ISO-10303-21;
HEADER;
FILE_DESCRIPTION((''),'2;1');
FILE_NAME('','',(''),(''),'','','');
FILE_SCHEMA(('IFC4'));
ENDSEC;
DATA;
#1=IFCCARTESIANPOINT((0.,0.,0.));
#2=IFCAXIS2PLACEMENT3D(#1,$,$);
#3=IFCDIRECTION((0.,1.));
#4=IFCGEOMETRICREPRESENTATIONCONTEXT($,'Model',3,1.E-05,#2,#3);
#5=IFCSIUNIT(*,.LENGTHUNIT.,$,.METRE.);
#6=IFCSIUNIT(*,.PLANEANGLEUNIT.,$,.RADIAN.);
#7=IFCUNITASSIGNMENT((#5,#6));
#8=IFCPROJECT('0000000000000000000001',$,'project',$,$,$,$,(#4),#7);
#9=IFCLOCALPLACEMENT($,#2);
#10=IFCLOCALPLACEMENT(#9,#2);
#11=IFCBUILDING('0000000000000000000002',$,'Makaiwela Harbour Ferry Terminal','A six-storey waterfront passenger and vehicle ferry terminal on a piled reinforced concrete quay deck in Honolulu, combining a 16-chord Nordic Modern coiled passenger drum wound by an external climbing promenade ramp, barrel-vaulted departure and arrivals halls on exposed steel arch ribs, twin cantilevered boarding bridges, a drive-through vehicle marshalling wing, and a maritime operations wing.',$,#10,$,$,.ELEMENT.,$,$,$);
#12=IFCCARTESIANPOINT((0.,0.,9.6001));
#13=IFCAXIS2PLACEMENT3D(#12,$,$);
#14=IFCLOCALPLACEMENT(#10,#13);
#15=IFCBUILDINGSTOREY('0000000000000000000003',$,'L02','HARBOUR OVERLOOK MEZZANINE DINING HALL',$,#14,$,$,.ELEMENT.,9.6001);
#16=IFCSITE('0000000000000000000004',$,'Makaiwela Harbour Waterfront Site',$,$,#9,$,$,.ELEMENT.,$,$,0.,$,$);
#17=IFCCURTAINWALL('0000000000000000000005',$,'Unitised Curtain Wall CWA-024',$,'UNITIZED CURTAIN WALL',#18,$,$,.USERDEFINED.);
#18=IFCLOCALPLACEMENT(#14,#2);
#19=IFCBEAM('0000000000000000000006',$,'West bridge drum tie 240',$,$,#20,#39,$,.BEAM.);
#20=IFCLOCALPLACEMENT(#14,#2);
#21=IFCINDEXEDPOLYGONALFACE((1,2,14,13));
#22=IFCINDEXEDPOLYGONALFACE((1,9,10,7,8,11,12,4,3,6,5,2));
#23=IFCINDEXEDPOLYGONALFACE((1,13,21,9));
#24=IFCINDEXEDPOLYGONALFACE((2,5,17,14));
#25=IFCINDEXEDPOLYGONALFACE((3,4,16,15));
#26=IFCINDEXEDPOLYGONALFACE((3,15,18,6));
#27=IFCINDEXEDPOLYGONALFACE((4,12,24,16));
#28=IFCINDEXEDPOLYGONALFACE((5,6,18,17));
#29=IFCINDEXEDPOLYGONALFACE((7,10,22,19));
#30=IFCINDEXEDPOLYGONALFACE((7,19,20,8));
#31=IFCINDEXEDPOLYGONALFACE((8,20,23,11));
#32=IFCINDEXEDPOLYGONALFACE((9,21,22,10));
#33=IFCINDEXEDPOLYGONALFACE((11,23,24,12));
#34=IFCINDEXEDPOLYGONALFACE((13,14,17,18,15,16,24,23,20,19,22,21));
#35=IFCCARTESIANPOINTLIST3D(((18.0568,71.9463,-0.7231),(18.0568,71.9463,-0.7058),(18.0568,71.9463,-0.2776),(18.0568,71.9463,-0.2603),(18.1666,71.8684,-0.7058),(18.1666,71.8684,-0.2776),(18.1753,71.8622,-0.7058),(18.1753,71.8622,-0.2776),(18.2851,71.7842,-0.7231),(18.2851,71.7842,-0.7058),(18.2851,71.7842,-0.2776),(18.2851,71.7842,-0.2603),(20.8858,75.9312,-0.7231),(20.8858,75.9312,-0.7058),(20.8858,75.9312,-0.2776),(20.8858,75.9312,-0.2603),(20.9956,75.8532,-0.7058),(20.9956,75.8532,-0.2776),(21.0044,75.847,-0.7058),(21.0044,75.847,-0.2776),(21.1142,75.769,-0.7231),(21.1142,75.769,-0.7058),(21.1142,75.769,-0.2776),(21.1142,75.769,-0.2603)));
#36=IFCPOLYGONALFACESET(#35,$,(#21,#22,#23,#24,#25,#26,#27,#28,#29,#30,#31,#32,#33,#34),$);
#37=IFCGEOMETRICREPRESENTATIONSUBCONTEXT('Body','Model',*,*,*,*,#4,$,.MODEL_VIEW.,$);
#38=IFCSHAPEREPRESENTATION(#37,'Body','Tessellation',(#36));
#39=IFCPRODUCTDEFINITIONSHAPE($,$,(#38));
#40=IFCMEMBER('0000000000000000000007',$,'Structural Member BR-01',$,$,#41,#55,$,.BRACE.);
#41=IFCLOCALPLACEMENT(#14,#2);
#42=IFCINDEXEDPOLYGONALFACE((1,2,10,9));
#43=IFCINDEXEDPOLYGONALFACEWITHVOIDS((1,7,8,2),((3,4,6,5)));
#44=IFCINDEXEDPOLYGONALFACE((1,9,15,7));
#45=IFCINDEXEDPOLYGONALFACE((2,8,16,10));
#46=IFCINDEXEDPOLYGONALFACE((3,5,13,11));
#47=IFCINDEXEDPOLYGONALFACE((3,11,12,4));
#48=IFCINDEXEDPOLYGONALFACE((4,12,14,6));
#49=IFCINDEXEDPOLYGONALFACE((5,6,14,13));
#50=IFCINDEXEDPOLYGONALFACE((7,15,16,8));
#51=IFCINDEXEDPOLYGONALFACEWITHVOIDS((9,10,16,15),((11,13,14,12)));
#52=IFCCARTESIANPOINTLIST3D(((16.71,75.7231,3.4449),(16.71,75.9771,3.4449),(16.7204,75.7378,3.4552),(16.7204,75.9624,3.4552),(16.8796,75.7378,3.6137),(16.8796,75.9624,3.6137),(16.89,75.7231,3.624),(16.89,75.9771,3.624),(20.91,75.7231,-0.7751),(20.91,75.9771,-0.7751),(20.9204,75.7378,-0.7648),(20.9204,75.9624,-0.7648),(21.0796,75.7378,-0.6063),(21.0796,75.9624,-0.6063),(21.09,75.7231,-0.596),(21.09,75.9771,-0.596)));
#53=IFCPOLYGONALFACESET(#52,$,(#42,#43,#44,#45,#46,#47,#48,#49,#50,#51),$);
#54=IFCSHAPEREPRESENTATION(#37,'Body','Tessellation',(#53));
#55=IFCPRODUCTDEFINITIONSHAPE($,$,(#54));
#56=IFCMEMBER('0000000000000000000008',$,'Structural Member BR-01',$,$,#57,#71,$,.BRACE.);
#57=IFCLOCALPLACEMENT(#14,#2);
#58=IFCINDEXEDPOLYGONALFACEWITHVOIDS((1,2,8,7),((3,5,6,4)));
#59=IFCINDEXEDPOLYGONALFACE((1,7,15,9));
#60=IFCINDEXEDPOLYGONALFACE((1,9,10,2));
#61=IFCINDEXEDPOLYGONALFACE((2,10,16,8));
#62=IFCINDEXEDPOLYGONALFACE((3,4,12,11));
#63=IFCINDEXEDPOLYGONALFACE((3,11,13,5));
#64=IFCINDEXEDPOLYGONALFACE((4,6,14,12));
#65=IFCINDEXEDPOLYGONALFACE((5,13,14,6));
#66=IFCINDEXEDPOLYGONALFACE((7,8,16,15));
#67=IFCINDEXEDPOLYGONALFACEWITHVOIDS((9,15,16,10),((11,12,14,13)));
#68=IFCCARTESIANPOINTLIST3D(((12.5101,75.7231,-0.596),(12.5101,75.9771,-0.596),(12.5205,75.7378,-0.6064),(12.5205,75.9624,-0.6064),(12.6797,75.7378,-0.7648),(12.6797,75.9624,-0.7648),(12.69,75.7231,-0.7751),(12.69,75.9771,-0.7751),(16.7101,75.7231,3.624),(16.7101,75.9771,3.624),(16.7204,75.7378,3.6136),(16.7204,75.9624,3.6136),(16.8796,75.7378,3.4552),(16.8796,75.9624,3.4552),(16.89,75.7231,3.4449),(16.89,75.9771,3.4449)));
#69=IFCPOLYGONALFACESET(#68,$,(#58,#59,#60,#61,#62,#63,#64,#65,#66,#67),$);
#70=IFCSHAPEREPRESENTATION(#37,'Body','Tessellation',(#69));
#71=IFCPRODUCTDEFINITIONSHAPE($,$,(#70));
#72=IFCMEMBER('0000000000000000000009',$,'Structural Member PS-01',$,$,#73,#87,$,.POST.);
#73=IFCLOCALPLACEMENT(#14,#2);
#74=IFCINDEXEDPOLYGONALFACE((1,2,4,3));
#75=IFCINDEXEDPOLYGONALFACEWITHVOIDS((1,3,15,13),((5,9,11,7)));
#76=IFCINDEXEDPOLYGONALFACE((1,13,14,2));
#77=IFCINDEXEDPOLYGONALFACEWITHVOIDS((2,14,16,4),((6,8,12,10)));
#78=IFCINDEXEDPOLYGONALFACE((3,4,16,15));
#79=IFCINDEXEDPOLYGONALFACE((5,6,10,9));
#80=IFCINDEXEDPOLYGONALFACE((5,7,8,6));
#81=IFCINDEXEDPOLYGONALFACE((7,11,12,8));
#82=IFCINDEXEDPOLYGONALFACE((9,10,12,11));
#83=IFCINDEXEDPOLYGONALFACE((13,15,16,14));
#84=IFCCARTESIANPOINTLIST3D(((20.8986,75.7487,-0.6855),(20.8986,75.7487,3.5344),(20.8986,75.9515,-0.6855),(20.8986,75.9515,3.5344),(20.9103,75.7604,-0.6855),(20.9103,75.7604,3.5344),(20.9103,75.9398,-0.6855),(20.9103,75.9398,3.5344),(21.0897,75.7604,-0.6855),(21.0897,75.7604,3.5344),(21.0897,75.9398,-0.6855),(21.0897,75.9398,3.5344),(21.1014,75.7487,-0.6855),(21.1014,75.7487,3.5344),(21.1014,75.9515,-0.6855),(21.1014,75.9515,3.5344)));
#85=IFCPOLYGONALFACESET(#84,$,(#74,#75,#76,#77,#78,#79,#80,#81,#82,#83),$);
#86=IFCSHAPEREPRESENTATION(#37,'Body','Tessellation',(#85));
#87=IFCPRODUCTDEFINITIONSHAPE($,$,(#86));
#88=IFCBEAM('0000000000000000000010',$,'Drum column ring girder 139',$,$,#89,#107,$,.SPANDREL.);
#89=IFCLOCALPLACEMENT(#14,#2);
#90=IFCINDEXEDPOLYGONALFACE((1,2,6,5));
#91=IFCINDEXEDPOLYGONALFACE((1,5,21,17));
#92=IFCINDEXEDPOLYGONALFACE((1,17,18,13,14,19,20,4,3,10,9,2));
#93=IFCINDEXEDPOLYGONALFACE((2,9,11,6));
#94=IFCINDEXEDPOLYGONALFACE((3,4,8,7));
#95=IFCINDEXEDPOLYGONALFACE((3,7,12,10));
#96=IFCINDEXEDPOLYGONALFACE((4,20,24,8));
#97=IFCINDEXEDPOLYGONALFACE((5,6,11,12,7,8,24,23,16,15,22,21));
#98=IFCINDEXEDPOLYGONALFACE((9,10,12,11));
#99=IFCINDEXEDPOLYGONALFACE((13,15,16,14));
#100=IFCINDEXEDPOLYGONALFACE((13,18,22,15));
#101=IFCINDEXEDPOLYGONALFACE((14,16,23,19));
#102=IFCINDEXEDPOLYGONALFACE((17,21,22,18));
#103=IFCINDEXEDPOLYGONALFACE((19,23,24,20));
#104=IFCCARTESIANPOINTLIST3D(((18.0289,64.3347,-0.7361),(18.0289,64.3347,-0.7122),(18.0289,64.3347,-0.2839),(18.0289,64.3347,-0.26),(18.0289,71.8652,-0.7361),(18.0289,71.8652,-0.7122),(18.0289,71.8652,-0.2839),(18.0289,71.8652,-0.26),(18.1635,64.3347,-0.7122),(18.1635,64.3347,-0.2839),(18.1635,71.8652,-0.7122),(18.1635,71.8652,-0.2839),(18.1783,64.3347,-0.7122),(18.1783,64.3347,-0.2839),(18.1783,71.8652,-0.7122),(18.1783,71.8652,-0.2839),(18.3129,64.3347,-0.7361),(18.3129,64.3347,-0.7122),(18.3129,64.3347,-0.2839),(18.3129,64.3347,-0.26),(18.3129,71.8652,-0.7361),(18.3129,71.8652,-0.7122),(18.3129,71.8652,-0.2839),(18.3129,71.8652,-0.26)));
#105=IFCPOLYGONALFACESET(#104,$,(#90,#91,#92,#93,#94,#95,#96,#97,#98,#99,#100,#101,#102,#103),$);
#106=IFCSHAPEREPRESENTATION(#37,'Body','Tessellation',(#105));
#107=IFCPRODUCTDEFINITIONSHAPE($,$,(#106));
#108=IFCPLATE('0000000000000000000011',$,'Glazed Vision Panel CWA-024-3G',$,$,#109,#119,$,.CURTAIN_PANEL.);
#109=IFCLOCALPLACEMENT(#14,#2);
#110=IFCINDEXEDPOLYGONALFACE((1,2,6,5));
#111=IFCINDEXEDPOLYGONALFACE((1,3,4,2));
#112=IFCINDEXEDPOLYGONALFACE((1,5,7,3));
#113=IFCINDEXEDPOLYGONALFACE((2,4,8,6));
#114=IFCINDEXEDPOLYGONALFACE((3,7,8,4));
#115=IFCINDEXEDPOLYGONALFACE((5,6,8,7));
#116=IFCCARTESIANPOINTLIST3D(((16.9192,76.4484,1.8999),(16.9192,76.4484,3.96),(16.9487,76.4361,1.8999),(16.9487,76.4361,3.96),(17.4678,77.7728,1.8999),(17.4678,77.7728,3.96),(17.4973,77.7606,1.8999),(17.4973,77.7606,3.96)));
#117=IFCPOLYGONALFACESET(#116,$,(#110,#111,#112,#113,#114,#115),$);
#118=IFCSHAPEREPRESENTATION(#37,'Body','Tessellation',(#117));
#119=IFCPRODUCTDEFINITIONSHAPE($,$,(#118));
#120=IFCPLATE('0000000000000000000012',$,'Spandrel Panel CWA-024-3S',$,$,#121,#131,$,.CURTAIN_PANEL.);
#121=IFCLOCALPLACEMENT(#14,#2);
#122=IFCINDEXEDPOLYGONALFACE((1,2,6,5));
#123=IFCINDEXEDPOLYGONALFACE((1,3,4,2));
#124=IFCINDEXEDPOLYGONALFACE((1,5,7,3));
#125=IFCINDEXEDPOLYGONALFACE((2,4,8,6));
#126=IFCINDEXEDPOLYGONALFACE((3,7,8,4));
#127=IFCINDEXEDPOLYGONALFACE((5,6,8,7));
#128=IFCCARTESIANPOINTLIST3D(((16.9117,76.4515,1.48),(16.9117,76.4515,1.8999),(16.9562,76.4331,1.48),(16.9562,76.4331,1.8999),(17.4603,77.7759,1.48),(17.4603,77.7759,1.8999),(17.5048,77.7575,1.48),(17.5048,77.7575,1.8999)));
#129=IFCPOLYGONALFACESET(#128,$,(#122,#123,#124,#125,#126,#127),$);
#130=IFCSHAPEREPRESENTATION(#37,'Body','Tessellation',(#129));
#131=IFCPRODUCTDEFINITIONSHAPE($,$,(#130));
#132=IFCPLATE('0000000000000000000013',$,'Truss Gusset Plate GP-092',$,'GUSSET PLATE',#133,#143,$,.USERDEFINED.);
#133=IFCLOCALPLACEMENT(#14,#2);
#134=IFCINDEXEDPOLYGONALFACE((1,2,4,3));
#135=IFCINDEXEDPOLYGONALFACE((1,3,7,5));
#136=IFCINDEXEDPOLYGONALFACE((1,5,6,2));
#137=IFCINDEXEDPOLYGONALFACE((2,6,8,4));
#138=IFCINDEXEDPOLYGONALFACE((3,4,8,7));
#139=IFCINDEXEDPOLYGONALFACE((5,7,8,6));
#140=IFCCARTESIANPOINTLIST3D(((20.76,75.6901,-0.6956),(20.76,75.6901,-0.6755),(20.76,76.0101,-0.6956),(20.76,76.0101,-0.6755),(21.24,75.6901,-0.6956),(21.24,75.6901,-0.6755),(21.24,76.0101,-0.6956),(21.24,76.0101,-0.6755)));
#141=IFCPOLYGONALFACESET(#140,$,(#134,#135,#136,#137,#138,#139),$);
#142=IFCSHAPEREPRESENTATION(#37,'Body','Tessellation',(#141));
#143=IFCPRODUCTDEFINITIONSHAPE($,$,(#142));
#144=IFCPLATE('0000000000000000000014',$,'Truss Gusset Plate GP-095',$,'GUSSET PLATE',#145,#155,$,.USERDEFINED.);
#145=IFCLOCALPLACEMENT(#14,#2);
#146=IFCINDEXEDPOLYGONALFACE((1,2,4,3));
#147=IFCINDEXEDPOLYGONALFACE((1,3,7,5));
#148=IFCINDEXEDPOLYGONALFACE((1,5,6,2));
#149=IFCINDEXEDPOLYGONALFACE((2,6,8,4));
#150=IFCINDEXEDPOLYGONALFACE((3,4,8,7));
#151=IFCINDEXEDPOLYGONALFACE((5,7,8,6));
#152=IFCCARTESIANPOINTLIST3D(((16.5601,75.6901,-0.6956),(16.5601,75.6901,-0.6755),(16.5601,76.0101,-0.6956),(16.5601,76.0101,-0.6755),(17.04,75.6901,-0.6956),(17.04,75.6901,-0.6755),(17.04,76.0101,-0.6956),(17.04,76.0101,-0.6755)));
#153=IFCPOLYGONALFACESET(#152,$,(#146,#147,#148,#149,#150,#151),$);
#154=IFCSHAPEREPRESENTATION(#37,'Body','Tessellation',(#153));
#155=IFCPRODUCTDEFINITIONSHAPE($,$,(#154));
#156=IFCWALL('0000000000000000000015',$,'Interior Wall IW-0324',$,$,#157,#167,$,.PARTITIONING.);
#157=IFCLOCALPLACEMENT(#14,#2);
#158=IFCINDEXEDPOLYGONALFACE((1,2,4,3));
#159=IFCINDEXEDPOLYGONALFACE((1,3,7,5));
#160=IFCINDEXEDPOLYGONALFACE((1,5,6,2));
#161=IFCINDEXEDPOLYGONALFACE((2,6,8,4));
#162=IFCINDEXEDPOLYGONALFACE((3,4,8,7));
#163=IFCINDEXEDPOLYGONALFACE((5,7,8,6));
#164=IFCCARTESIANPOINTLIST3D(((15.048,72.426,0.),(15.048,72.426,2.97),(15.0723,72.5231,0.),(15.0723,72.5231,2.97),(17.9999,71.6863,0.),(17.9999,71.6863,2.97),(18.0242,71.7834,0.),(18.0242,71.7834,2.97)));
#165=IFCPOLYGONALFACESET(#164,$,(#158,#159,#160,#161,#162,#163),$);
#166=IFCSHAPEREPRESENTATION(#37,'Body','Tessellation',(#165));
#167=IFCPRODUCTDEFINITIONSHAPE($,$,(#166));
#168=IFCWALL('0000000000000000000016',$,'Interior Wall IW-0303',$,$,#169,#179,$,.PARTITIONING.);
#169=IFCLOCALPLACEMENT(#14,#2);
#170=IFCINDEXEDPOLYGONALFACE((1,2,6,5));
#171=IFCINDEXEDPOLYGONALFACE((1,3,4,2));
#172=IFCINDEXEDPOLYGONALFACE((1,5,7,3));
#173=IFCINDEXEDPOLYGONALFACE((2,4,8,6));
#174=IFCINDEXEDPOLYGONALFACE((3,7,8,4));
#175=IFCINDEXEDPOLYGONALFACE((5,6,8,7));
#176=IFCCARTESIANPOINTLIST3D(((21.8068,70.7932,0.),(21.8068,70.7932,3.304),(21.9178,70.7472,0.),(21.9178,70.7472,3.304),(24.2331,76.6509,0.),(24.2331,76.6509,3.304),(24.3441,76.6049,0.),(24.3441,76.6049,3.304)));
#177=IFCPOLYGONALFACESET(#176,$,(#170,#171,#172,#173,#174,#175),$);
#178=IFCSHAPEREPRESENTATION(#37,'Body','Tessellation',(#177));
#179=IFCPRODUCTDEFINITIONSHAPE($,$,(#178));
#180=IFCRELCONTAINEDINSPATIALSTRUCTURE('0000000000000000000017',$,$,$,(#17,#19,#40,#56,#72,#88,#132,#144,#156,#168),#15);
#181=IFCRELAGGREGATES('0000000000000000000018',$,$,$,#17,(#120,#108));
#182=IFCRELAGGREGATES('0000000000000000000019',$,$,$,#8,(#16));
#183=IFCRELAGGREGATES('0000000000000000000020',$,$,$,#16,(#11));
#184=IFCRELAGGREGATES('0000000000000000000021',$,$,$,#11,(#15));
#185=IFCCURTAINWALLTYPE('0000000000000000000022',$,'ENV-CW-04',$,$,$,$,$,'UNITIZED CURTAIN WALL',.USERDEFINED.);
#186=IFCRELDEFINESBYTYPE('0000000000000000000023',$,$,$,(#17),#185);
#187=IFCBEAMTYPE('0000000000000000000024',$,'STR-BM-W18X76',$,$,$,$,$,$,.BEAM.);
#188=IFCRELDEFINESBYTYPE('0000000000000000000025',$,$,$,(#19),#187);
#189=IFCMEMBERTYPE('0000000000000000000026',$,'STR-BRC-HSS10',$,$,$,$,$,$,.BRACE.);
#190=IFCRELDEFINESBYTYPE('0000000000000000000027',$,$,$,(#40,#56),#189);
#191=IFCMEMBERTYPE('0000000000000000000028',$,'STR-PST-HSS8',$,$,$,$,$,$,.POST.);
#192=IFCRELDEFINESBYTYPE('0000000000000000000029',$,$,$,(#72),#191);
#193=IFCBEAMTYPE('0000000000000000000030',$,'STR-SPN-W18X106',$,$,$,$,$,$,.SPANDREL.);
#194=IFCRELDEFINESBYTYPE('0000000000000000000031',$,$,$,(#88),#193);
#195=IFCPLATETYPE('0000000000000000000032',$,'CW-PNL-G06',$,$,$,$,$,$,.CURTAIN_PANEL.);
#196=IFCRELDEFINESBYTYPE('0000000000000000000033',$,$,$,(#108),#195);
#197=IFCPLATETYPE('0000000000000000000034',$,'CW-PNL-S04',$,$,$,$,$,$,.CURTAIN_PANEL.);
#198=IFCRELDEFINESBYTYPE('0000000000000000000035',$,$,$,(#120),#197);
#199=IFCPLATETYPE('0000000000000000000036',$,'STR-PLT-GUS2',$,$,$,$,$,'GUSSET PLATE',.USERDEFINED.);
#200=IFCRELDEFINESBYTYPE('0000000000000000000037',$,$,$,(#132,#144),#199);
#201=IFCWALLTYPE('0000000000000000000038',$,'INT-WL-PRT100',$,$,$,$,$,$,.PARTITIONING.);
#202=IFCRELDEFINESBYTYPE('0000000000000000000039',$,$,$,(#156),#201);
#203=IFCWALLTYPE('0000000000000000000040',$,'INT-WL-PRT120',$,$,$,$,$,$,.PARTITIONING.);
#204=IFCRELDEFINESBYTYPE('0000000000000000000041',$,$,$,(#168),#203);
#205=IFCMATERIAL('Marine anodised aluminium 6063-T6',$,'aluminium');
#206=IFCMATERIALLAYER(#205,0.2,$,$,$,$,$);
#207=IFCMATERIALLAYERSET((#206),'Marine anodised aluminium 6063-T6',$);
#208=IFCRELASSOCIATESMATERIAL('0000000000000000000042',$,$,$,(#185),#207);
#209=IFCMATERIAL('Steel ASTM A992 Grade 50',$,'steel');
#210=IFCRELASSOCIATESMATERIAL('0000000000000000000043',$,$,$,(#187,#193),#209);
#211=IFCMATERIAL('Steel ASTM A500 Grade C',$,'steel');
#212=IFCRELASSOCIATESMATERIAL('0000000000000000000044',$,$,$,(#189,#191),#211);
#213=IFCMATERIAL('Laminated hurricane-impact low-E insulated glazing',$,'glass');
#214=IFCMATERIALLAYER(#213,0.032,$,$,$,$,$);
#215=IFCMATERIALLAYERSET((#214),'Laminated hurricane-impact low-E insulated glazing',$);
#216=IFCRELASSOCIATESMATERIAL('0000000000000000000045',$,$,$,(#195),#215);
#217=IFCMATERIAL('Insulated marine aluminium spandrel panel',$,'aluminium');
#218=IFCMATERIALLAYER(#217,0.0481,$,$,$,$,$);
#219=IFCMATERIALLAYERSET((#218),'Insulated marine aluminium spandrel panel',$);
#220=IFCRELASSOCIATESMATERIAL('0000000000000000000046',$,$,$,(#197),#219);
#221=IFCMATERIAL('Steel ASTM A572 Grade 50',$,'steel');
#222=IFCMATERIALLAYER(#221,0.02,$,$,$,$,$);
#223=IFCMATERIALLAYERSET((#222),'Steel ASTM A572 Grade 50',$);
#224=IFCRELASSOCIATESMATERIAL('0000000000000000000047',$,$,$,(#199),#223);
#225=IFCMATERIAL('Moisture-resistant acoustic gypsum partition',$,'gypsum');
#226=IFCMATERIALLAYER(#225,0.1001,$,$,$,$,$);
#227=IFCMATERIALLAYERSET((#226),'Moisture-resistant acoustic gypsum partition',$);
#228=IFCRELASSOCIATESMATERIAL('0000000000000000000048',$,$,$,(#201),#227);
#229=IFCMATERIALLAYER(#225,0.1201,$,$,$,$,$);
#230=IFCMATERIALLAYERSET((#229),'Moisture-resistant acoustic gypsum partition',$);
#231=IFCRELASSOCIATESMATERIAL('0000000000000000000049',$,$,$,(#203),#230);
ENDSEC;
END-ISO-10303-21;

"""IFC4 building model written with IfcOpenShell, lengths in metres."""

from ifc_helpers import new_model, si_unit, direction, frame, frame_2d, origin, origin_2d, place, context, subcontext, project, spatial, rectangle, hollow_rectangle, i_section, extrude, material, layer, layer_set, material_profile, profile_set, type_object, element, aggregate, save


model = new_model("IFC4")

# Units and contexts
model_context = context("Model", 3, precision=1e-05, world=origin(), true_north=direction((0.0, 1.0)))
body_context = subcontext(model_context, "Body", "Model", "MODEL_VIEW")
ifc_project = project(units=[si_unit("LENGTHUNIT", "METRE"), si_unit("PLANEANGLEUNIT", "RADIAN")], contexts=[model_context])

# Site, building, storey
site_placement = place(None, origin())
site = spatial("IfcSite", under=ifc_project, at=site_placement, Name="Makaiwela Harbour Waterfront Site", CompositionType="ELEMENT", RefElevation=0.0)
building_placement = place(site_placement, origin())
building = spatial("IfcBuilding", under=site, at=building_placement, Name="Makaiwela Harbour Ferry Terminal", Description="A six-storey waterfront passenger and vehicle ferry terminal on a piled reinforced concrete quay deck in Honolulu, combining a 16-chord Nordic Modern coiled passenger drum wound by an external climbing promenade ramp, barrel-vaulted departure and arrivals halls on exposed steel arch ribs, twin cantilevered boarding bridges, a drive-through vehicle marshalling wing, and a maritime operations wing.", CompositionType="ELEMENT")
storey_placement = place(building_placement, frame((0.0, 0.0, 9.6001)))
storey = spatial("IfcBuildingStorey", under=building, at=storey_placement, Name="L02", Description="HARBOUR OVERLOOK MEZZANINE DINING HALL", CompositionType="ELEMENT", Elevation=9.6001)

# Shared definitions
ifc_material_1 = material(Name="Steel ASTM A992 Grade 50", Category="steel")

# Curtain wall
ifc_material_2 = material(Name="Marine anodised aluminium 6063-T6", Category="aluminium")
ifc_layer_1 = layer(ifc_material_2, 0.2)
ifc_layer_set_1 = layer_set([ifc_layer_1], Name="Marine anodised aluminium 6063-T6")
curtain_wall_type = type_object("IfcCurtainWallType", Name="ENV-CW-04", ElementType="UNITIZED CURTAIN WALL", PredefinedType="USERDEFINED", material=ifc_layer_set_1)
curtain_wall_placement = place(storey_placement, origin())
curtain_wall = element("IfcCurtainWall", 1, at=curtain_wall_placement, inside=storey, type_object=curtain_wall_type, Name="Unitised Curtain Wall CWA-024", ObjectType="UNITIZED CURTAIN WALL", PredefinedType="USERDEFINED")

# Beam
ifc_material_profile_1 = material_profile(ifc_material_1, i_section(OverallWidth=0.28, OverallDepth=0.4629, WebThickness=0.0107, FlangeThickness=0.0173, at=origin_2d()), Name="W18X76")
ifc_profile_set_1 = profile_set([ifc_material_profile_1], Name="Steel ASTM A992 Grade 50")
beam_type_1 = type_object("IfcBeamType", Name="STR-BM-W18X76", PredefinedType="BEAM", material=ifc_profile_set_1)
beam_1_placement = place(storey_placement, frame((21.0, 75.8501, -0.4917), z_axis=(-0.578901, -0.815398, 0.0), x_axis=(0.815398, -0.578901, 0.0)))
element("IfcBeam", 2, at=beam_1_placement, inside=storey, type_object=beam_type_1, Name="West bridge drum tie 240", PredefinedType="BEAM", context=body_context, shape_type="SweptSolid", body=[
    extrude(i_section(OverallWidth=0.28, OverallDepth=0.4629, WebThickness=0.0107, FlangeThickness=0.0173, at=origin_2d()), origin(), (0.0, 0.0, 1.0), 4.887),
])

# Members
ifc_material_3 = material(Name="Steel ASTM A500 Grade C", Category="steel")
ifc_material_profile_2 = material_profile(ifc_material_3, hollow_rectangle(XDim=0.2539, YDim=0.2539, WallThickness=0.0146, at=origin_2d()), Name="HSS10X10X5/8")
ifc_profile_set_2 = profile_set([ifc_material_profile_2], Name="Steel ASTM A500 Grade C")
member_type_1 = type_object("IfcMemberType", Name="STR-BRC-HSS10", PredefinedType="BRACE", material=ifc_profile_set_2)
for number, where, z_axis, x_axis, name in (
    (3, (21.0, 75.8501, -0.6855), (-0.705424, 0.0, 0.708786), (0.0, -1.0, 0.0), "Structural Member BR-01"),
    (4, (16.8, 75.8501, 3.5344), (-0.705424, 0.0, -0.708786), (0.0, -1.0, 0.0), "Structural Member BR-01"),
):
    element("IfcMember", number, at=place(storey_placement, frame(where, z_axis=z_axis, x_axis=x_axis)), inside=storey, type_object=member_type_1, Name=name, PredefinedType="BRACE", context=body_context, shape_type="SweptSolid", body=[
        extrude(hollow_rectangle(XDim=0.2539, YDim=0.2539, WallThickness=0.0146, at=origin_2d()), origin(), (0.0, 0.0, 1.0), 5.9539),
    ])
ifc_material_profile_3 = material_profile(ifc_material_3, hollow_rectangle(XDim=0.2029, YDim=0.2029, WallThickness=0.0117, at=origin_2d()), Name="HSS8X8X1/2")
ifc_profile_set_3 = profile_set([ifc_material_profile_3], Name="Steel ASTM A500 Grade C")
member_type_2 = type_object("IfcMemberType", Name="STR-PST-HSS8", PredefinedType="POST", material=ifc_profile_set_3)
member_1_placement = place(storey_placement, frame((21.0, 75.8501, -0.6855), z_axis=(0.0, 0.0, 1.0), x_axis=(1.0, 0.0, 0.0)))
element("IfcMember", 5, at=member_1_placement, inside=storey, type_object=member_type_2, Name="Structural Member PS-01", PredefinedType="POST", context=body_context, shape_type="SweptSolid", body=[
    extrude(hollow_rectangle(XDim=0.2029, YDim=0.2029, WallThickness=0.0117, at=origin_2d()), origin(), (0.0, 0.0, 1.0), 4.22),
])

# Beam
ifc_material_profile_4 = material_profile(ifc_material_1, i_section(OverallWidth=0.2839, OverallDepth=0.4761, WebThickness=0.0149, FlangeThickness=0.0239, at=origin_2d()), Name="W18X106")
ifc_profile_set_4 = profile_set([ifc_material_profile_4], Name="Steel ASTM A992 Grade 50")
beam_type_2 = type_object("IfcBeamType", Name="STR-SPN-W18X106", PredefinedType="SPANDREL", material=ifc_profile_set_4)
beam_2_placement = place(storey_placement, frame((18.1709, 71.8652, -0.498), z_axis=(0.0, -1.0, 0.0), x_axis=(1.0, 0.0, 0.0)))
element("IfcBeam", 6, at=beam_2_placement, inside=storey, type_object=beam_type_2, Name="Drum column ring girder 139", PredefinedType="SPANDREL", context=body_context, shape_type="SweptSolid", body=[
    extrude(i_section(OverallWidth=0.2839, OverallDepth=0.4761, WebThickness=0.0149, FlangeThickness=0.0239, at=origin_2d()), origin(), (0.0, 0.0, 1.0), 7.5305),
])

# Plates
ifc_material_4 = material(Name="Laminated hurricane-impact low-E insulated glazing", Category="glass")
ifc_layer_2 = layer(ifc_material_4, 0.032)
ifc_layer_set_2 = layer_set([ifc_layer_2], Name="Laminated hurricane-impact low-E insulated glazing")
plate_type_1 = type_object("IfcPlateType", Name="CW-PNL-G06", PredefinedType="CURTAIN_PANEL", material=ifc_layer_set_2)
plate_1_placement = place(storey_placement, frame((17.2083, 77.1045, 1.8999), z_axis=(0.0, 0.0, 1.0), x_axis=(-0.382683, -0.92388, 0.0)))
plate_1 = element("IfcPlate", 7, at=plate_1_placement, type_object=plate_type_1, Name="Glazed Vision Panel CWA-024-3G", PredefinedType="CURTAIN_PANEL", context=body_context, shape_type="SweptSolid", body=[
    extrude(rectangle(XDim=1.4336, YDim=0.032, at=origin_2d()), origin(), (0.0, 0.0, 1.0), 2.0601),
])
ifc_material_5 = material(Name="Insulated marine aluminium spandrel panel", Category="aluminium")
ifc_layer_3 = layer(ifc_material_5, 0.0481)
ifc_layer_set_3 = layer_set([ifc_layer_3], Name="Insulated marine aluminium spandrel panel")
plate_type_2 = type_object("IfcPlateType", Name="CW-PNL-S04", PredefinedType="CURTAIN_PANEL", material=ifc_layer_set_3)
plate_2_placement = place(storey_placement, frame((17.2083, 77.1045, 1.48), z_axis=(0.0, 0.0, 1.0), x_axis=(-0.382683, -0.92388, 0.0)))
plate_2 = element("IfcPlate", 8, at=plate_2_placement, type_object=plate_type_2, Name="Spandrel Panel CWA-024-3S", PredefinedType="CURTAIN_PANEL", context=body_context, shape_type="SweptSolid", body=[
    extrude(rectangle(XDim=1.4336, YDim=0.0481, at=origin_2d()), origin(), (0.0, 0.0, 1.0), 0.4199),
])
aggregate(curtain_wall, [plate_2, plate_1])

# Plates
ifc_material_6 = material(Name="Steel ASTM A572 Grade 50", Category="steel")
ifc_layer_4 = layer(ifc_material_6, 0.02)
ifc_layer_set_4 = layer_set([ifc_layer_4], Name="Steel ASTM A572 Grade 50")
plate_type_3 = type_object("IfcPlateType", Name="STR-PLT-GUS2", ElementType="GUSSET PLATE", PredefinedType="USERDEFINED", material=ifc_layer_set_4)
for number, where, z_axis, x_axis, name in (
    (9, (21.0, 75.8501, -0.6956), (0.0, 0.0, 1.0), (1.0, 0.0, 0.0), "Truss Gusset Plate GP-092"),
    (10, (16.8, 75.8501, -0.6956), (0.0, 0.0, 1.0), (1.0, 0.0, 0.0), "Truss Gusset Plate GP-095"),
):
    element("IfcPlate", number, at=place(storey_placement, frame(where, z_axis=z_axis, x_axis=x_axis)), inside=storey, type_object=plate_type_3, Name=name, ObjectType="GUSSET PLATE", PredefinedType="USERDEFINED", context=body_context, shape_type="SweptSolid", body=[
        extrude(rectangle(XDim=0.48, YDim=0.3201, at=origin_2d()), origin(), (0.0, 0.0, 1.0), 0.02),
    ])

# Walls
ifc_material_7 = material(Name="Moisture-resistant acoustic gypsum partition", Category="gypsum")
ifc_layer_5 = layer(ifc_material_7, 0.1001)
ifc_layer_set_5 = layer_set([ifc_layer_5], Name="Moisture-resistant acoustic gypsum partition")
wall_type_1 = type_object("IfcWallType", Name="INT-WL-PRT100", PredefinedType="PARTITIONING", material=ifc_layer_set_5)
wall_1_placement = place(storey_placement, frame((18.012, 71.7349, 0.0), z_axis=(0.0, 0.0, 1.0), x_axis=(-0.970005, 0.243083, 0.0)))
element("IfcWall", 11, at=wall_1_placement, inside=storey, type_object=wall_type_1, Name="Interior Wall IW-0324", PredefinedType="PARTITIONING", context=body_context, shape_type="SweptSolid", body=[
    extrude(rectangle(XDim=3.0432, YDim=0.1001, at=frame_2d((1.5215, 0.0))), origin(), (0.0, 0.0, 1.0), 2.97),
])
ifc_layer_6 = layer(ifc_material_7, 0.1201)
ifc_layer_set_6 = layer_set([ifc_layer_6], Name="Moisture-resistant acoustic gypsum partition")
wall_type_2 = type_object("IfcWallType", Name="INT-WL-PRT120", PredefinedType="PARTITIONING", material=ifc_layer_set_6)
wall_2_placement = place(storey_placement, frame((24.2886, 76.6279, 0.0), z_axis=(0.0, 0.0, 1.0), x_axis=(-0.382676, -0.923883, 0.0)))
element("IfcWall", 12, at=wall_2_placement, inside=storey, type_object=wall_type_2, Name="Interior Wall IW-0303", PredefinedType="PARTITIONING", context=body_context, shape_type="SweptSolid", body=[
    extrude(rectangle(XDim=6.3403, YDim=0.1201, at=frame_2d((3.1702, 0.0))), origin(), (0.0, 0.0, 1.0), 3.304),
])

save(model, "model.ifc")
